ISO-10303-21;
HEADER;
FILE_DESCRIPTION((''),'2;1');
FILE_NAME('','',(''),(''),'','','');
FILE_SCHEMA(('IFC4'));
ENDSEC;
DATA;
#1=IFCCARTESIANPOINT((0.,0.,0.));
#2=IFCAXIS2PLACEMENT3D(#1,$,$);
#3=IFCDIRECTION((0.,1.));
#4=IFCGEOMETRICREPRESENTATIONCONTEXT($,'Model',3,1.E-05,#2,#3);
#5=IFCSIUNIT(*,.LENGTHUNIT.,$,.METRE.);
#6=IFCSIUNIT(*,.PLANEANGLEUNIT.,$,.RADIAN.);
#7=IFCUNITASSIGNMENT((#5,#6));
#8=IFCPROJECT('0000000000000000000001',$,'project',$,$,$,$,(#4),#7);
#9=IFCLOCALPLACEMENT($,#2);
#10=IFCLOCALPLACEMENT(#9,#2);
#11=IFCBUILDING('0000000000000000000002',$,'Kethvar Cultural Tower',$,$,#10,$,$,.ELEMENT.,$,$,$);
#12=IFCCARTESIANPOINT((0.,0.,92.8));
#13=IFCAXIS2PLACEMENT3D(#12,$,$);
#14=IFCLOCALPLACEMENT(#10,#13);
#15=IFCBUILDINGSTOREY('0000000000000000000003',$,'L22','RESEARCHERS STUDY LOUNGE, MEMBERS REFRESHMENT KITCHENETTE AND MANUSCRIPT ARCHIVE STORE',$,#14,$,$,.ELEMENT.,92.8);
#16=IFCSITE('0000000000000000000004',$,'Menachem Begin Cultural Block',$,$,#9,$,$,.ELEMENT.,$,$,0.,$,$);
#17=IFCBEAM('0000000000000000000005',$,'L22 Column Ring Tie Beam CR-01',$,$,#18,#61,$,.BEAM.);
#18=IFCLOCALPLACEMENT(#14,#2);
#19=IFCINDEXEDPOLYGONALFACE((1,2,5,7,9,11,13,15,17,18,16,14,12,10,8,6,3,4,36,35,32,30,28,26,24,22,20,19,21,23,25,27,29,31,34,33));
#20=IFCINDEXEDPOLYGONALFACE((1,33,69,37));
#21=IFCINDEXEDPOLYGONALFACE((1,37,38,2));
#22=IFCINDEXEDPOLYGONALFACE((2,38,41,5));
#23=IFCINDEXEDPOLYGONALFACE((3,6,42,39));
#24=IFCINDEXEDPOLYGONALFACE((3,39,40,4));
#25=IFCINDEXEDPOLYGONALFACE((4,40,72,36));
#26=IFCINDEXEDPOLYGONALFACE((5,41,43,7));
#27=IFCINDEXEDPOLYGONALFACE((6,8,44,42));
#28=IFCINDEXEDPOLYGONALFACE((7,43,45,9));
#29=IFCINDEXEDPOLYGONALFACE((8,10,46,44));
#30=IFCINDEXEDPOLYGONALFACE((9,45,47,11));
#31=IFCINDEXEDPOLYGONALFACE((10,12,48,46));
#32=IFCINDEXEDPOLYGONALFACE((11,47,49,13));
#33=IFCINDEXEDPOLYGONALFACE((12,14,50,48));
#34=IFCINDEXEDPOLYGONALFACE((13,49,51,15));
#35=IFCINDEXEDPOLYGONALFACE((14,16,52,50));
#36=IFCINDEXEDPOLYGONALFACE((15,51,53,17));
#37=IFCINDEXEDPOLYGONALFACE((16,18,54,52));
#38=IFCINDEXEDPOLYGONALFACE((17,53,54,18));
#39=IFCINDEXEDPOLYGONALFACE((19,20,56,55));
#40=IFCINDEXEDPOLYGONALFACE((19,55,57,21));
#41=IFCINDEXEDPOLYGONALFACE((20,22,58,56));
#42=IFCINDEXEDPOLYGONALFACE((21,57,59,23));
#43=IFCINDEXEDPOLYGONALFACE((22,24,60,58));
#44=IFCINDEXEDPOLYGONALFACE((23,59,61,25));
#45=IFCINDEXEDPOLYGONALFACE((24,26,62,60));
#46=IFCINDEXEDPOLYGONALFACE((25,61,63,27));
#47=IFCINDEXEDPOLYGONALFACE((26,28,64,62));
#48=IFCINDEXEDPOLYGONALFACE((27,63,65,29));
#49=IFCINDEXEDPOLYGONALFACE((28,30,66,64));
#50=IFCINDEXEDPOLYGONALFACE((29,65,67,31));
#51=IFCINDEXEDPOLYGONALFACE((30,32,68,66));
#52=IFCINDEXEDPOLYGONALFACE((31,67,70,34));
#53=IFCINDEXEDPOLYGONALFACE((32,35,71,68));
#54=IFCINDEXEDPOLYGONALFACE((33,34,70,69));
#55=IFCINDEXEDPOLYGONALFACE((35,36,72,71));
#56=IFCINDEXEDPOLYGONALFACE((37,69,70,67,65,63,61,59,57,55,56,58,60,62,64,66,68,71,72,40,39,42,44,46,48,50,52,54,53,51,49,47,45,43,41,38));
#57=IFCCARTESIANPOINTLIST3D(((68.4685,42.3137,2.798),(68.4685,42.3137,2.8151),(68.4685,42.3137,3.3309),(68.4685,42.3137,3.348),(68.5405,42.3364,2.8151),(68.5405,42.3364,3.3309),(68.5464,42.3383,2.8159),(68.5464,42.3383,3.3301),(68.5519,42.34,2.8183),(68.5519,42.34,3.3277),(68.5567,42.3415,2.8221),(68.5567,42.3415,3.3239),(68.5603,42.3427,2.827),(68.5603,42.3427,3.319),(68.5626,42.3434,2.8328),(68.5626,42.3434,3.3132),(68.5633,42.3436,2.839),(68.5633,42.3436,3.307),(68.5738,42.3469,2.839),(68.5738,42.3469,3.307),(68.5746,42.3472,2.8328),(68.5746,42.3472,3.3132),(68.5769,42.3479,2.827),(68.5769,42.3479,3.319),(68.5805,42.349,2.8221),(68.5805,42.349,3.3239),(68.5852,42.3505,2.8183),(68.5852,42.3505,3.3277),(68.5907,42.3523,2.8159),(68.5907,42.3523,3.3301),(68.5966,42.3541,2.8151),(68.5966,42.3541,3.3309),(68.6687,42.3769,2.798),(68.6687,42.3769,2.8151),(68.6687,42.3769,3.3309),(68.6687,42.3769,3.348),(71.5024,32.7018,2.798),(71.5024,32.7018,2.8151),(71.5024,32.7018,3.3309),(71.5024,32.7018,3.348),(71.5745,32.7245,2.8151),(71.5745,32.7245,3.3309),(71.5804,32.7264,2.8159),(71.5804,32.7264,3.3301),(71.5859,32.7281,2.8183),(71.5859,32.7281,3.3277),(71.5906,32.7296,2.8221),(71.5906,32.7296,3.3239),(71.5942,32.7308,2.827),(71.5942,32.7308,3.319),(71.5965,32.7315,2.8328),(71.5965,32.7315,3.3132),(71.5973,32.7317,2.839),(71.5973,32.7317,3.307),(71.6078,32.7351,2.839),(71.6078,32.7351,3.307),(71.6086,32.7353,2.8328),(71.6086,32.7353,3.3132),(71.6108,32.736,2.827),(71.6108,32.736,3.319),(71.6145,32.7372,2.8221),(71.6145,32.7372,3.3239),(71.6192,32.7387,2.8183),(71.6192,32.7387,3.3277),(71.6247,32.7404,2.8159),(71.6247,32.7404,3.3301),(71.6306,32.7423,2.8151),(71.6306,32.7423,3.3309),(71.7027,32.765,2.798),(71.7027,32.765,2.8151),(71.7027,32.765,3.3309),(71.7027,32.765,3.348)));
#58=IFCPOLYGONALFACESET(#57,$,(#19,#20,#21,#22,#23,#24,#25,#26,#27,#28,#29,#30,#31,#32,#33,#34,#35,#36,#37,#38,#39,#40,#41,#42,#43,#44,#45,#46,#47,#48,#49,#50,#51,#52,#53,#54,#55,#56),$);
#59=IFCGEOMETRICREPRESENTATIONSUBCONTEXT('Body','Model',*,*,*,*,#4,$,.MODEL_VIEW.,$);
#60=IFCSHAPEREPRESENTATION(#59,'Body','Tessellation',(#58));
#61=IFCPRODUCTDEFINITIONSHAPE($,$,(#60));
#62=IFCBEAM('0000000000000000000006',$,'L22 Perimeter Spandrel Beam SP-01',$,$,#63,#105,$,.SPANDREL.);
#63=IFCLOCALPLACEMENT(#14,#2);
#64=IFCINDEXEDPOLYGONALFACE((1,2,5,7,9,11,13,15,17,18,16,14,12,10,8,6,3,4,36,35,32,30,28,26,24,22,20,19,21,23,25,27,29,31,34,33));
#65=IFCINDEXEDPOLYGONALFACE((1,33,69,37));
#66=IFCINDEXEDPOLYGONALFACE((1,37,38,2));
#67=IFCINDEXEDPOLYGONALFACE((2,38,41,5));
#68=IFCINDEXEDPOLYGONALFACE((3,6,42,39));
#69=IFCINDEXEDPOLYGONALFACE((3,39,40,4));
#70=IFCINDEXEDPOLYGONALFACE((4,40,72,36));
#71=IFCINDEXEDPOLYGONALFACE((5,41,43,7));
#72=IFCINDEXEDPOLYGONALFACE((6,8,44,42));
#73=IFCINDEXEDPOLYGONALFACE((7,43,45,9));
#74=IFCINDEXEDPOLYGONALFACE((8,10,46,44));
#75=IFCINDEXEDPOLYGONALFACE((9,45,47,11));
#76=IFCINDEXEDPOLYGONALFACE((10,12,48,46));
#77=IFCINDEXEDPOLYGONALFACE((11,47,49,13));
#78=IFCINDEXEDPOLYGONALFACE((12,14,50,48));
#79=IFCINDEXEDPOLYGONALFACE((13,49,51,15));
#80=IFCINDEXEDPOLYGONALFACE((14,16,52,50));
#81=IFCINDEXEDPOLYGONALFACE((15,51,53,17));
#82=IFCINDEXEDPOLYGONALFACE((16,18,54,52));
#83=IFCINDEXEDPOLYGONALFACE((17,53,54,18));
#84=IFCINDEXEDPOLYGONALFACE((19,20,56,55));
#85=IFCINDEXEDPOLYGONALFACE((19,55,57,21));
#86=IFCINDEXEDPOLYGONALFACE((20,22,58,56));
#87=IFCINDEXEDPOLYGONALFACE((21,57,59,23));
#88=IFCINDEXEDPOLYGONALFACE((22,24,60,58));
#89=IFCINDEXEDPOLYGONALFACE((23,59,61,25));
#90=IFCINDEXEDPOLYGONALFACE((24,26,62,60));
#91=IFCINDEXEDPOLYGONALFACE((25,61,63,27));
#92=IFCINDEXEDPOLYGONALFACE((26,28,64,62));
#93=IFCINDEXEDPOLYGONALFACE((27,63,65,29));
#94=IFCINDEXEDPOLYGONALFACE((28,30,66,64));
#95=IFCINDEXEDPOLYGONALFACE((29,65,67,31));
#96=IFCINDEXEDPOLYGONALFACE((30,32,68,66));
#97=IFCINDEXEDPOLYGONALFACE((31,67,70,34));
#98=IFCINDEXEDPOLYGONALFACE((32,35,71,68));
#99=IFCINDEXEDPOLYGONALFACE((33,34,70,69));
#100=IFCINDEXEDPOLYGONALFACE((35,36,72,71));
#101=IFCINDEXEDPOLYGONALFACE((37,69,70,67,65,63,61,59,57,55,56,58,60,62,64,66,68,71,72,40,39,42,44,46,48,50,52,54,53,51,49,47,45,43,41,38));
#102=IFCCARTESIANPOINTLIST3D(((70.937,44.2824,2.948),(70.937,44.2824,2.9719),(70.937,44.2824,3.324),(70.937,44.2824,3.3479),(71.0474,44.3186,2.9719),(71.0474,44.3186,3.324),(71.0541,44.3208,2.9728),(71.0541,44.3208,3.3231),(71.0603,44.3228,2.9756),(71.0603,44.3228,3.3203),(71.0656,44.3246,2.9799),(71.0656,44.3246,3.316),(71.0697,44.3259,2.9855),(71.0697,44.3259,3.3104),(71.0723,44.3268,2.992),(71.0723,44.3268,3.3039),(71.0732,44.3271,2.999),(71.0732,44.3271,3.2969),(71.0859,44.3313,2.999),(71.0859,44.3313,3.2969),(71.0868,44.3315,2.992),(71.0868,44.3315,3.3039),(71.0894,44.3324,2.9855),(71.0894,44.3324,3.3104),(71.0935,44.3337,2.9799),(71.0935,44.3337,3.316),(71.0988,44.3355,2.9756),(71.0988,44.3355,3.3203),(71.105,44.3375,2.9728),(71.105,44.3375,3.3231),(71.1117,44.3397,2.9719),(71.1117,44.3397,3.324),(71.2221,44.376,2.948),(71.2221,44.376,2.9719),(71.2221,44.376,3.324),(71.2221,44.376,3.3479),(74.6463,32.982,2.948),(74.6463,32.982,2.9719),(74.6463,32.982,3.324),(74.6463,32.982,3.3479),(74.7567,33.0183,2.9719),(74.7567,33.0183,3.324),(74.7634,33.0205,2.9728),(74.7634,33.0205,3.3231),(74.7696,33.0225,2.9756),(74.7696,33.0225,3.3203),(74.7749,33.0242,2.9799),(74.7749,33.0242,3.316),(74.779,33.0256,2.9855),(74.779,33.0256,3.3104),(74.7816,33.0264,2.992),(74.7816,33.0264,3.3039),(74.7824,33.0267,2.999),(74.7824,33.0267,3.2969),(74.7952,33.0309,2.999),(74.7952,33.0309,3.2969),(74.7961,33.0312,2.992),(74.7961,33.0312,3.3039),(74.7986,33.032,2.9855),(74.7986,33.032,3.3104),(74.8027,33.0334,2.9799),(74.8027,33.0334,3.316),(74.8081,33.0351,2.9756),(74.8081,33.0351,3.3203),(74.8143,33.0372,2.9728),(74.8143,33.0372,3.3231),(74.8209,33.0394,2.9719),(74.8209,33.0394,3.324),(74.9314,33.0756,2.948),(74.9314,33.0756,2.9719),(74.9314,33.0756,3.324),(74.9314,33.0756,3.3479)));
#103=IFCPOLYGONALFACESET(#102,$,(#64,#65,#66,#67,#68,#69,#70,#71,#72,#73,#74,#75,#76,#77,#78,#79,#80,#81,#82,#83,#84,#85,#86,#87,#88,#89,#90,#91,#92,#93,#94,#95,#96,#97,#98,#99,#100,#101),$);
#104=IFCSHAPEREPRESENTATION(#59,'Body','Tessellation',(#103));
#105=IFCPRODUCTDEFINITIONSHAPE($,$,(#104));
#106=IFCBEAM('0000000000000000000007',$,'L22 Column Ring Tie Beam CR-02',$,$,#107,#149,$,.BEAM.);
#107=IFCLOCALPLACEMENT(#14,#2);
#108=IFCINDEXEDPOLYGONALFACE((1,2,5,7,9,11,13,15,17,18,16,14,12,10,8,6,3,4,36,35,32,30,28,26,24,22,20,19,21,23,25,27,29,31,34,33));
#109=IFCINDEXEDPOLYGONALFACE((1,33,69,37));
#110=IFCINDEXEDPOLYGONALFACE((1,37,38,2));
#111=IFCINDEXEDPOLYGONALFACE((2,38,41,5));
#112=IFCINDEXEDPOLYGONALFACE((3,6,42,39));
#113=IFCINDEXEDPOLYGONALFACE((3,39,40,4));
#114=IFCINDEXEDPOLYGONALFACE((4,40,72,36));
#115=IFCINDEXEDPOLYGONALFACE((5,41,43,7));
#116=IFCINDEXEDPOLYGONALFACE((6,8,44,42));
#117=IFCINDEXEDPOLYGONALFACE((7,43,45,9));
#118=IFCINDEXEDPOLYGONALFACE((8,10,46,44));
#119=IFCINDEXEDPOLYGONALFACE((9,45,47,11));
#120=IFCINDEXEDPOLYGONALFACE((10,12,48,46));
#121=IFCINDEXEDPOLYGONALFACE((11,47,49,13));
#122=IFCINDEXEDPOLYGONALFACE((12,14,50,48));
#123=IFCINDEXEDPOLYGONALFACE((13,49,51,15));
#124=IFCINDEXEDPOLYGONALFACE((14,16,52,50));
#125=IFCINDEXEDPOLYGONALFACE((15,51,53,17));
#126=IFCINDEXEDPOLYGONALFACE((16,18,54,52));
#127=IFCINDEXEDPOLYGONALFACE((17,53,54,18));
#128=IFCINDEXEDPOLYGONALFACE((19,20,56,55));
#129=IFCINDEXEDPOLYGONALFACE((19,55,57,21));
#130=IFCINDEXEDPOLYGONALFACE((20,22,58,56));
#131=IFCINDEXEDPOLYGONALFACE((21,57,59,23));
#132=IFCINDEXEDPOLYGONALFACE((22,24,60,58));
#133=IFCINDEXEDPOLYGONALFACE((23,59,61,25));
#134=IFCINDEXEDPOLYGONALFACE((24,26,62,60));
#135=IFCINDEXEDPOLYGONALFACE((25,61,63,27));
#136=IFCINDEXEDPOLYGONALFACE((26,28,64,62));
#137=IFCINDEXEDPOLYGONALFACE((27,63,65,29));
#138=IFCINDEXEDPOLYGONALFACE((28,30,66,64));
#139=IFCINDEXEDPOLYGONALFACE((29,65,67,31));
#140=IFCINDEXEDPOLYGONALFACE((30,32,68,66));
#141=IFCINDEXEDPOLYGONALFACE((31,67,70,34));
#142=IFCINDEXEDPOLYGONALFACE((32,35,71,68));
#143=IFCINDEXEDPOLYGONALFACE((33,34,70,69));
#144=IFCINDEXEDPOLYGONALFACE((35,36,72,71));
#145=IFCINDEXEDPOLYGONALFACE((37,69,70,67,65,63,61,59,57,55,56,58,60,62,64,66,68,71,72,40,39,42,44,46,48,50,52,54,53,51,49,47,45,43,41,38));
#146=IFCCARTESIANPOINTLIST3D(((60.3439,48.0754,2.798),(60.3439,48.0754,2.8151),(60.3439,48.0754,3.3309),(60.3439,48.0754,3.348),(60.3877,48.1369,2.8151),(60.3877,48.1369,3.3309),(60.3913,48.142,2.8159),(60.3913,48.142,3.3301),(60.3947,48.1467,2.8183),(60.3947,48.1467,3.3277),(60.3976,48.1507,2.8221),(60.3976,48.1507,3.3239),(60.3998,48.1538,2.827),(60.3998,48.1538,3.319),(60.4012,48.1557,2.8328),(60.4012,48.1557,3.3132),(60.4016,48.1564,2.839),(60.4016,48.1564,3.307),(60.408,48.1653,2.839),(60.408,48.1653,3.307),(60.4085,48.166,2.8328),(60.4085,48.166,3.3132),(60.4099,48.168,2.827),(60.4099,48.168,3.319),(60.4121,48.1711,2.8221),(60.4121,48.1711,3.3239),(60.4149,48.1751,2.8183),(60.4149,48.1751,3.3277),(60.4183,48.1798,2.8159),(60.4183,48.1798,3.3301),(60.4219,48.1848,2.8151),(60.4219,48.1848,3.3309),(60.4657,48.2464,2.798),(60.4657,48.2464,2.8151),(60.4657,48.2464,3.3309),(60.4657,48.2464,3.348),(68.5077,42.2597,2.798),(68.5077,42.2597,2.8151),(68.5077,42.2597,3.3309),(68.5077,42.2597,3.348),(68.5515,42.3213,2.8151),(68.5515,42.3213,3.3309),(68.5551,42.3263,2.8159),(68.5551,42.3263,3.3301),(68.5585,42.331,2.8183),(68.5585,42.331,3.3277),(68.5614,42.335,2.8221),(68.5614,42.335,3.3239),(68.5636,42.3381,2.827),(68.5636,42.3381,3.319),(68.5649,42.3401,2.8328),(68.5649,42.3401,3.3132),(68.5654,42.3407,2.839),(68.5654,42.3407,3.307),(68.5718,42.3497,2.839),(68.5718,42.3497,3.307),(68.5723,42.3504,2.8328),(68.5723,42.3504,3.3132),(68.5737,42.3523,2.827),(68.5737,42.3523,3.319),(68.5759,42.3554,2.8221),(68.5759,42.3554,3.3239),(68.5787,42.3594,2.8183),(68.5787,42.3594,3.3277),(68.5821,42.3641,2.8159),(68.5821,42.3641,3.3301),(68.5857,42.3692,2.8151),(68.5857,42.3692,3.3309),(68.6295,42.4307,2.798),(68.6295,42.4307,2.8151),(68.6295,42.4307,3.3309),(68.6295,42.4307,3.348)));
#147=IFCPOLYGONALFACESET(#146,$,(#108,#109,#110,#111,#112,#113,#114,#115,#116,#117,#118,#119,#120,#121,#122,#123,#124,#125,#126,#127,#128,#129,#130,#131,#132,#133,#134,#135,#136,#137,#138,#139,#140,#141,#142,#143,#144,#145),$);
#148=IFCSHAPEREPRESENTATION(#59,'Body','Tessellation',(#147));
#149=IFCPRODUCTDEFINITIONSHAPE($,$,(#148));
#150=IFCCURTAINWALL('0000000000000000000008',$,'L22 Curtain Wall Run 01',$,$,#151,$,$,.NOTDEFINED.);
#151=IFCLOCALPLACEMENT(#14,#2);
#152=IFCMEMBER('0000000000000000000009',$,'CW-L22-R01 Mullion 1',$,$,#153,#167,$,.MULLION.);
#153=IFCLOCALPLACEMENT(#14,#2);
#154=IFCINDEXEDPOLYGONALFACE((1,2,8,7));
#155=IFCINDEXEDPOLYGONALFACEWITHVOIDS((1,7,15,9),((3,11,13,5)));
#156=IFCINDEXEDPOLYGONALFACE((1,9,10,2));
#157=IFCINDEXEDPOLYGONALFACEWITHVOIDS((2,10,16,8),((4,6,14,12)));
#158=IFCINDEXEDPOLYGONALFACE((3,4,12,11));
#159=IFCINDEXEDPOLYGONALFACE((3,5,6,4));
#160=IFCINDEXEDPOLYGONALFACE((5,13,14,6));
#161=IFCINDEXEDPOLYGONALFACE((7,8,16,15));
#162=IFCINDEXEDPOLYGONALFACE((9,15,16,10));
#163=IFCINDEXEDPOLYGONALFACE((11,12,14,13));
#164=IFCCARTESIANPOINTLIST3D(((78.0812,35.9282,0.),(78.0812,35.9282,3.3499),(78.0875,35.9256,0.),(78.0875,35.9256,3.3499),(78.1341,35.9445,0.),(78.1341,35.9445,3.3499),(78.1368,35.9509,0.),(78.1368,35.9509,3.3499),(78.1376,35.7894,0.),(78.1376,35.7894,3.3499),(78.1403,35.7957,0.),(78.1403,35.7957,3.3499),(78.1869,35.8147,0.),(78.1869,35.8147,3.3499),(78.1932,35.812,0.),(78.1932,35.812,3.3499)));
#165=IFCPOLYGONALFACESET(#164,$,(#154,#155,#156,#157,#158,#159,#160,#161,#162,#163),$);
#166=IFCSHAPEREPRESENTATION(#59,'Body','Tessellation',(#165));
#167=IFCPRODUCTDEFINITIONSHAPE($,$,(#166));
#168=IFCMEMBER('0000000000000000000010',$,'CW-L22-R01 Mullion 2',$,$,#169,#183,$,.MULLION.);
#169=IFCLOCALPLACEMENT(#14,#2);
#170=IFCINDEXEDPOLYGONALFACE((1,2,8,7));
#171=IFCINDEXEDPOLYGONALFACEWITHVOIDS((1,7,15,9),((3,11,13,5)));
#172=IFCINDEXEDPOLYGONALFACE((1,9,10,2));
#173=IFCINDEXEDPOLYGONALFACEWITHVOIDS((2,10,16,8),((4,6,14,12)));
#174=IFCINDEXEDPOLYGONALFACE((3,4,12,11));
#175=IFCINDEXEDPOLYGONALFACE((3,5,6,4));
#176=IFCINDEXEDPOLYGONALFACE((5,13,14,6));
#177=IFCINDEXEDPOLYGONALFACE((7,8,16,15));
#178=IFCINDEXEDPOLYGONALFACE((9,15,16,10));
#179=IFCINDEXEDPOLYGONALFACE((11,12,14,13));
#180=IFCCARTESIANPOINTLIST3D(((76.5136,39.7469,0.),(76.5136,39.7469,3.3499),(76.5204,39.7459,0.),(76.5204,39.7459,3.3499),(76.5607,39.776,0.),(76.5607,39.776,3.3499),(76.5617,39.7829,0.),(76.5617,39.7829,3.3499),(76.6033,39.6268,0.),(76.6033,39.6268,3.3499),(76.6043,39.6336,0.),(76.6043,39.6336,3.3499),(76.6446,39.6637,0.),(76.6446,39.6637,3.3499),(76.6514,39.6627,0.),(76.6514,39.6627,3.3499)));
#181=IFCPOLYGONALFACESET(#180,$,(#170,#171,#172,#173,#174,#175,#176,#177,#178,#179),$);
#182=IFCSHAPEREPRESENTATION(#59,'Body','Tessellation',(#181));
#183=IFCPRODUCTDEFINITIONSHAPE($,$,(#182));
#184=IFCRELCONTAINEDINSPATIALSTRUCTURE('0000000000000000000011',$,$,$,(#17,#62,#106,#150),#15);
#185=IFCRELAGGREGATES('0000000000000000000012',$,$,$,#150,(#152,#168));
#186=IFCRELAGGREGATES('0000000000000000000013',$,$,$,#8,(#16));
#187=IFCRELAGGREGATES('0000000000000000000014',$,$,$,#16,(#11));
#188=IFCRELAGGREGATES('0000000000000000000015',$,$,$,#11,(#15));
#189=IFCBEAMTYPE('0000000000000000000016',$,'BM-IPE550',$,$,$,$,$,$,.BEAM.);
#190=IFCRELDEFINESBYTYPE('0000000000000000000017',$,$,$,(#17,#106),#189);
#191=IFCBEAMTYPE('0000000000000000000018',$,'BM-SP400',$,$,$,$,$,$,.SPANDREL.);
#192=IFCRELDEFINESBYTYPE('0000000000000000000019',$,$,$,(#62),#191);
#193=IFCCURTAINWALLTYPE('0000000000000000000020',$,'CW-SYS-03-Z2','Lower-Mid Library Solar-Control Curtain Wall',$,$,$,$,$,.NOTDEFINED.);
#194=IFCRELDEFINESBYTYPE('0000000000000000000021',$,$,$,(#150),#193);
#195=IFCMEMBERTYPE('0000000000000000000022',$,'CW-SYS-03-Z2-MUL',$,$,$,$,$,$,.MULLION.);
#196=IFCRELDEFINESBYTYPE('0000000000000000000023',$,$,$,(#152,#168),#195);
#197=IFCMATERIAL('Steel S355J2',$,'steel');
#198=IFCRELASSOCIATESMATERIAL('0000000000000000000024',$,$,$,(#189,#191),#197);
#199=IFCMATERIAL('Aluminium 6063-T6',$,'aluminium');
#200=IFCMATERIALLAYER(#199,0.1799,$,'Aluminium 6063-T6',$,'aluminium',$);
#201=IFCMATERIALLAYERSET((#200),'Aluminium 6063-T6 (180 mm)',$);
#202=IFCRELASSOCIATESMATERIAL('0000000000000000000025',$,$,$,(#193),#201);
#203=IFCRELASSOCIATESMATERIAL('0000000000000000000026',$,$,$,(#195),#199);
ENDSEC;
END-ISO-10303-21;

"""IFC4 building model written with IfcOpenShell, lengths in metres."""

from ifc_helpers import new_model, si_unit, direction, frame, origin, origin_2d, place, context, subcontext, project, spatial, hollow_rectangle, i_section, extrude, source, transform, mapped, material, layer, layer_set, material_profile, profile_set, type_object, element, aggregate, save


model = new_model("IFC4")

# Units and contexts
model_context = context("Model", 3, precision=1e-05, world=origin(), true_north=direction((0.0, 1.0)))
body_context = subcontext(model_context, "Body", "Model", "MODEL_VIEW")
ifc_project = project(units=[si_unit("LENGTHUNIT", "METRE"), si_unit("PLANEANGLEUNIT", "RADIAN")], contexts=[model_context])

# Site, building, storey
site_placement = place(None, origin())
site = spatial("IfcSite", under=ifc_project, at=site_placement, Name="Menachem Begin Cultural Block", CompositionType="ELEMENT", RefElevation=0.0)
building_placement = place(site_placement, origin())
building = spatial("IfcBuilding", under=site, at=building_placement, Name="Kethvar Cultural Tower", CompositionType="ELEMENT")
storey_placement = place(building_placement, frame((0.0, 0.0, 92.8)))
storey = spatial("IfcBuildingStorey", under=building, at=storey_placement, Name="L22", Description="RESEARCHERS STUDY LOUNGE, MEMBERS REFRESHMENT KITCHENETTE AND MANUSCRIPT ARCHIVE STORE", CompositionType="ELEMENT", Elevation=92.8)

# Beams
ifc_material_1 = material(Name="Steel S355J2", Category="steel")
ifc_material_profile_1 = material_profile(ifc_material_1, i_section(OverallWidth=0.21, OverallDepth=0.55, WebThickness=0.011, FlangeThickness=0.0171, FilletRadius=0.0239, at=origin_2d()), Name="Steel S355J2 — IPE550")
ifc_profile_set_1 = profile_set([ifc_material_profile_1], Name="Steel S355J2 — IPE550")
beam_type_1 = type_object("IfcBeamType", Name="BM-IPE550", PredefinedType="BEAM", material=ifc_profile_set_1)
shared_shape_1 = source(origin(), body_context, "Body", "SweptSolid", [
    extrude(i_section(OverallWidth=0.21, OverallDepth=0.55, WebThickness=0.011, FlangeThickness=0.0171, FilletRadius=0.0239, at=origin_2d()), origin(), (0.0, 0.0, 1.0), 10.0793),
])
beam_1_placement = place(storey_placement, frame((71.6025, 32.7334, 3.073), z_axis=(-0.301007, 0.953622, 0.0), x_axis=(-0.953622, -0.301007, 0.0)))
element("IfcBeam", 1, at=beam_1_placement, inside=storey, type_object=beam_type_1, Name="L22 Column Ring Tie Beam CR-01", PredefinedType="BEAM", context=body_context, shape_type="MappedRepresentation", body=[
    mapped(shared_shape_1, transform((0.0, 0.0, 0.0), scale=1.0)),
])
ifc_material_profile_2 = material_profile(ifc_material_1, i_section(OverallWidth=0.3, OverallDepth=0.3999, WebThickness=0.0134, FlangeThickness=0.0239, FilletRadius=0.0271, at=origin_2d()), Name="Steel S355J2 — HEB400")
ifc_profile_set_2 = profile_set([ifc_material_profile_2], Name="Steel S355J2 — HEB400")
beam_type_2 = type_object("IfcBeamType", Name="BM-SP400", PredefinedType="SPANDREL", material=ifc_profile_set_2)
shared_shape_2 = source(origin(), body_context, "Body", "SweptSolid", [
    extrude(i_section(OverallWidth=0.3, OverallDepth=0.3999, WebThickness=0.0134, FlangeThickness=0.0239, FilletRadius=0.0271, at=origin_2d()), origin(), (0.0, 0.0, 1.0), 11.8936),
])
beam_2_placement = place(storey_placement, frame((74.7888, 33.0288, 3.1479), z_axis=(-0.311871, 0.950125, 0.0), x_axis=(-0.950125, -0.311871, 0.0)))
element("IfcBeam", 2, at=beam_2_placement, inside=storey, type_object=beam_type_2, Name="L22 Perimeter Spandrel Beam SP-01", PredefinedType="SPANDREL", context=body_context, shape_type="MappedRepresentation", body=[
    mapped(shared_shape_2, transform((0.0, 0.0, 0.0), scale=1.0)),
])
shared_shape_3 = source(origin(), body_context, "Body", "SweptSolid", [
    extrude(i_section(OverallWidth=0.21, OverallDepth=0.55, WebThickness=0.011, FlangeThickness=0.0171, FilletRadius=0.0239, at=origin_2d()), origin(), (0.0, 0.0, 1.0), 10.0234),
])
beam_3_placement = place(storey_placement, frame((68.5686, 42.3452, 3.073), z_axis=(-0.81447, 0.580206, 0.0), x_axis=(-0.580206, -0.81447, 0.0)))
element("IfcBeam", 3, at=beam_3_placement, inside=storey, type_object=beam_type_1, Name="L22 Column Ring Tie Beam CR-02", PredefinedType="BEAM", context=body_context, shape_type="MappedRepresentation", body=[
    mapped(shared_shape_3, transform((0.0, 0.0, 0.0), scale=1.0)),
])

# Curtain wall, members
ifc_material_2 = material(Name="Aluminium 6063-T6", Category="aluminium")
ifc_layer_1 = layer(ifc_material_2, 0.1799, Name="Aluminium 6063-T6", Category="aluminium")
ifc_layer_set_1 = layer_set([ifc_layer_1], Name="Aluminium 6063-T6 (180 mm)")
curtain_wall_type = type_object("IfcCurtainWallType", Name="CW-SYS-03-Z2", Description="Lower-Mid Library Solar-Control Curtain Wall", PredefinedType="NOTDEFINED", material=ifc_layer_set_1)
curtain_wall_1_placement = place(storey_placement, origin())
curtain_wall_1 = element("IfcCurtainWall", 4, at=curtain_wall_1_placement, inside=storey, type_object=curtain_wall_type, Name="L22 Curtain Wall Run 01", PredefinedType="NOTDEFINED")
ifc_material_profile_3 = material_profile(ifc_material_2, hollow_rectangle(XDim=0.0601, YDim=0.1499, WallThickness=0.0049, at=origin_2d()), Name="Aluminium 6063-T6 — RHS150x60x5")
ifc_profile_set_3 = profile_set([ifc_material_profile_3], Name="Aluminium 6063-T6 — RHS150x60x5")
member_type_1 = type_object("IfcMemberType", Name="CW-SYS-03-Z2-MUL", PredefinedType="MULLION", material=ifc_profile_set_3)
shared_shape_4 = source(origin(), body_context, "Body", "SweptSolid", [
    extrude(hollow_rectangle(XDim=0.0601, YDim=0.1499, WallThickness=0.0049, at=origin_2d()), origin(), (0.0, 0.0, 1.0), 3.3499),
])
member_1_placement = place(storey_placement, frame((78.1372, 35.8701, 0.0), z_axis=(0.0, 0.0, 1.0), x_axis=(-0.926404, -0.376531, 0.0)))
member_1 = element("IfcMember", 5, at=member_1_placement, type_object=member_type_1, Name="CW-L22-R01 Mullion 1", PredefinedType="MULLION", context=body_context, shape_type="MappedRepresentation", body=[
    mapped(shared_shape_4, transform((0.0, 0.0, 0.0), scale=1.0)),
])
member_2_placement = place(storey_placement, frame((76.5825, 39.7048, 0.0), z_axis=(0.0, 0.0, 1.0), x_axis=(-0.801254, -0.598325, 0.0)))
member_2 = element("IfcMember", 6, at=member_2_placement, type_object=member_type_1, Name="CW-L22-R01 Mullion 2", PredefinedType="MULLION", context=body_context, shape_type="MappedRepresentation", body=[
    mapped(shared_shape_4, transform((0.0, 0.0, 0.0), scale=1.0)),
])

aggregate(curtain_wall_1, [member_1, member_2])

save(model, "model.ifc")
